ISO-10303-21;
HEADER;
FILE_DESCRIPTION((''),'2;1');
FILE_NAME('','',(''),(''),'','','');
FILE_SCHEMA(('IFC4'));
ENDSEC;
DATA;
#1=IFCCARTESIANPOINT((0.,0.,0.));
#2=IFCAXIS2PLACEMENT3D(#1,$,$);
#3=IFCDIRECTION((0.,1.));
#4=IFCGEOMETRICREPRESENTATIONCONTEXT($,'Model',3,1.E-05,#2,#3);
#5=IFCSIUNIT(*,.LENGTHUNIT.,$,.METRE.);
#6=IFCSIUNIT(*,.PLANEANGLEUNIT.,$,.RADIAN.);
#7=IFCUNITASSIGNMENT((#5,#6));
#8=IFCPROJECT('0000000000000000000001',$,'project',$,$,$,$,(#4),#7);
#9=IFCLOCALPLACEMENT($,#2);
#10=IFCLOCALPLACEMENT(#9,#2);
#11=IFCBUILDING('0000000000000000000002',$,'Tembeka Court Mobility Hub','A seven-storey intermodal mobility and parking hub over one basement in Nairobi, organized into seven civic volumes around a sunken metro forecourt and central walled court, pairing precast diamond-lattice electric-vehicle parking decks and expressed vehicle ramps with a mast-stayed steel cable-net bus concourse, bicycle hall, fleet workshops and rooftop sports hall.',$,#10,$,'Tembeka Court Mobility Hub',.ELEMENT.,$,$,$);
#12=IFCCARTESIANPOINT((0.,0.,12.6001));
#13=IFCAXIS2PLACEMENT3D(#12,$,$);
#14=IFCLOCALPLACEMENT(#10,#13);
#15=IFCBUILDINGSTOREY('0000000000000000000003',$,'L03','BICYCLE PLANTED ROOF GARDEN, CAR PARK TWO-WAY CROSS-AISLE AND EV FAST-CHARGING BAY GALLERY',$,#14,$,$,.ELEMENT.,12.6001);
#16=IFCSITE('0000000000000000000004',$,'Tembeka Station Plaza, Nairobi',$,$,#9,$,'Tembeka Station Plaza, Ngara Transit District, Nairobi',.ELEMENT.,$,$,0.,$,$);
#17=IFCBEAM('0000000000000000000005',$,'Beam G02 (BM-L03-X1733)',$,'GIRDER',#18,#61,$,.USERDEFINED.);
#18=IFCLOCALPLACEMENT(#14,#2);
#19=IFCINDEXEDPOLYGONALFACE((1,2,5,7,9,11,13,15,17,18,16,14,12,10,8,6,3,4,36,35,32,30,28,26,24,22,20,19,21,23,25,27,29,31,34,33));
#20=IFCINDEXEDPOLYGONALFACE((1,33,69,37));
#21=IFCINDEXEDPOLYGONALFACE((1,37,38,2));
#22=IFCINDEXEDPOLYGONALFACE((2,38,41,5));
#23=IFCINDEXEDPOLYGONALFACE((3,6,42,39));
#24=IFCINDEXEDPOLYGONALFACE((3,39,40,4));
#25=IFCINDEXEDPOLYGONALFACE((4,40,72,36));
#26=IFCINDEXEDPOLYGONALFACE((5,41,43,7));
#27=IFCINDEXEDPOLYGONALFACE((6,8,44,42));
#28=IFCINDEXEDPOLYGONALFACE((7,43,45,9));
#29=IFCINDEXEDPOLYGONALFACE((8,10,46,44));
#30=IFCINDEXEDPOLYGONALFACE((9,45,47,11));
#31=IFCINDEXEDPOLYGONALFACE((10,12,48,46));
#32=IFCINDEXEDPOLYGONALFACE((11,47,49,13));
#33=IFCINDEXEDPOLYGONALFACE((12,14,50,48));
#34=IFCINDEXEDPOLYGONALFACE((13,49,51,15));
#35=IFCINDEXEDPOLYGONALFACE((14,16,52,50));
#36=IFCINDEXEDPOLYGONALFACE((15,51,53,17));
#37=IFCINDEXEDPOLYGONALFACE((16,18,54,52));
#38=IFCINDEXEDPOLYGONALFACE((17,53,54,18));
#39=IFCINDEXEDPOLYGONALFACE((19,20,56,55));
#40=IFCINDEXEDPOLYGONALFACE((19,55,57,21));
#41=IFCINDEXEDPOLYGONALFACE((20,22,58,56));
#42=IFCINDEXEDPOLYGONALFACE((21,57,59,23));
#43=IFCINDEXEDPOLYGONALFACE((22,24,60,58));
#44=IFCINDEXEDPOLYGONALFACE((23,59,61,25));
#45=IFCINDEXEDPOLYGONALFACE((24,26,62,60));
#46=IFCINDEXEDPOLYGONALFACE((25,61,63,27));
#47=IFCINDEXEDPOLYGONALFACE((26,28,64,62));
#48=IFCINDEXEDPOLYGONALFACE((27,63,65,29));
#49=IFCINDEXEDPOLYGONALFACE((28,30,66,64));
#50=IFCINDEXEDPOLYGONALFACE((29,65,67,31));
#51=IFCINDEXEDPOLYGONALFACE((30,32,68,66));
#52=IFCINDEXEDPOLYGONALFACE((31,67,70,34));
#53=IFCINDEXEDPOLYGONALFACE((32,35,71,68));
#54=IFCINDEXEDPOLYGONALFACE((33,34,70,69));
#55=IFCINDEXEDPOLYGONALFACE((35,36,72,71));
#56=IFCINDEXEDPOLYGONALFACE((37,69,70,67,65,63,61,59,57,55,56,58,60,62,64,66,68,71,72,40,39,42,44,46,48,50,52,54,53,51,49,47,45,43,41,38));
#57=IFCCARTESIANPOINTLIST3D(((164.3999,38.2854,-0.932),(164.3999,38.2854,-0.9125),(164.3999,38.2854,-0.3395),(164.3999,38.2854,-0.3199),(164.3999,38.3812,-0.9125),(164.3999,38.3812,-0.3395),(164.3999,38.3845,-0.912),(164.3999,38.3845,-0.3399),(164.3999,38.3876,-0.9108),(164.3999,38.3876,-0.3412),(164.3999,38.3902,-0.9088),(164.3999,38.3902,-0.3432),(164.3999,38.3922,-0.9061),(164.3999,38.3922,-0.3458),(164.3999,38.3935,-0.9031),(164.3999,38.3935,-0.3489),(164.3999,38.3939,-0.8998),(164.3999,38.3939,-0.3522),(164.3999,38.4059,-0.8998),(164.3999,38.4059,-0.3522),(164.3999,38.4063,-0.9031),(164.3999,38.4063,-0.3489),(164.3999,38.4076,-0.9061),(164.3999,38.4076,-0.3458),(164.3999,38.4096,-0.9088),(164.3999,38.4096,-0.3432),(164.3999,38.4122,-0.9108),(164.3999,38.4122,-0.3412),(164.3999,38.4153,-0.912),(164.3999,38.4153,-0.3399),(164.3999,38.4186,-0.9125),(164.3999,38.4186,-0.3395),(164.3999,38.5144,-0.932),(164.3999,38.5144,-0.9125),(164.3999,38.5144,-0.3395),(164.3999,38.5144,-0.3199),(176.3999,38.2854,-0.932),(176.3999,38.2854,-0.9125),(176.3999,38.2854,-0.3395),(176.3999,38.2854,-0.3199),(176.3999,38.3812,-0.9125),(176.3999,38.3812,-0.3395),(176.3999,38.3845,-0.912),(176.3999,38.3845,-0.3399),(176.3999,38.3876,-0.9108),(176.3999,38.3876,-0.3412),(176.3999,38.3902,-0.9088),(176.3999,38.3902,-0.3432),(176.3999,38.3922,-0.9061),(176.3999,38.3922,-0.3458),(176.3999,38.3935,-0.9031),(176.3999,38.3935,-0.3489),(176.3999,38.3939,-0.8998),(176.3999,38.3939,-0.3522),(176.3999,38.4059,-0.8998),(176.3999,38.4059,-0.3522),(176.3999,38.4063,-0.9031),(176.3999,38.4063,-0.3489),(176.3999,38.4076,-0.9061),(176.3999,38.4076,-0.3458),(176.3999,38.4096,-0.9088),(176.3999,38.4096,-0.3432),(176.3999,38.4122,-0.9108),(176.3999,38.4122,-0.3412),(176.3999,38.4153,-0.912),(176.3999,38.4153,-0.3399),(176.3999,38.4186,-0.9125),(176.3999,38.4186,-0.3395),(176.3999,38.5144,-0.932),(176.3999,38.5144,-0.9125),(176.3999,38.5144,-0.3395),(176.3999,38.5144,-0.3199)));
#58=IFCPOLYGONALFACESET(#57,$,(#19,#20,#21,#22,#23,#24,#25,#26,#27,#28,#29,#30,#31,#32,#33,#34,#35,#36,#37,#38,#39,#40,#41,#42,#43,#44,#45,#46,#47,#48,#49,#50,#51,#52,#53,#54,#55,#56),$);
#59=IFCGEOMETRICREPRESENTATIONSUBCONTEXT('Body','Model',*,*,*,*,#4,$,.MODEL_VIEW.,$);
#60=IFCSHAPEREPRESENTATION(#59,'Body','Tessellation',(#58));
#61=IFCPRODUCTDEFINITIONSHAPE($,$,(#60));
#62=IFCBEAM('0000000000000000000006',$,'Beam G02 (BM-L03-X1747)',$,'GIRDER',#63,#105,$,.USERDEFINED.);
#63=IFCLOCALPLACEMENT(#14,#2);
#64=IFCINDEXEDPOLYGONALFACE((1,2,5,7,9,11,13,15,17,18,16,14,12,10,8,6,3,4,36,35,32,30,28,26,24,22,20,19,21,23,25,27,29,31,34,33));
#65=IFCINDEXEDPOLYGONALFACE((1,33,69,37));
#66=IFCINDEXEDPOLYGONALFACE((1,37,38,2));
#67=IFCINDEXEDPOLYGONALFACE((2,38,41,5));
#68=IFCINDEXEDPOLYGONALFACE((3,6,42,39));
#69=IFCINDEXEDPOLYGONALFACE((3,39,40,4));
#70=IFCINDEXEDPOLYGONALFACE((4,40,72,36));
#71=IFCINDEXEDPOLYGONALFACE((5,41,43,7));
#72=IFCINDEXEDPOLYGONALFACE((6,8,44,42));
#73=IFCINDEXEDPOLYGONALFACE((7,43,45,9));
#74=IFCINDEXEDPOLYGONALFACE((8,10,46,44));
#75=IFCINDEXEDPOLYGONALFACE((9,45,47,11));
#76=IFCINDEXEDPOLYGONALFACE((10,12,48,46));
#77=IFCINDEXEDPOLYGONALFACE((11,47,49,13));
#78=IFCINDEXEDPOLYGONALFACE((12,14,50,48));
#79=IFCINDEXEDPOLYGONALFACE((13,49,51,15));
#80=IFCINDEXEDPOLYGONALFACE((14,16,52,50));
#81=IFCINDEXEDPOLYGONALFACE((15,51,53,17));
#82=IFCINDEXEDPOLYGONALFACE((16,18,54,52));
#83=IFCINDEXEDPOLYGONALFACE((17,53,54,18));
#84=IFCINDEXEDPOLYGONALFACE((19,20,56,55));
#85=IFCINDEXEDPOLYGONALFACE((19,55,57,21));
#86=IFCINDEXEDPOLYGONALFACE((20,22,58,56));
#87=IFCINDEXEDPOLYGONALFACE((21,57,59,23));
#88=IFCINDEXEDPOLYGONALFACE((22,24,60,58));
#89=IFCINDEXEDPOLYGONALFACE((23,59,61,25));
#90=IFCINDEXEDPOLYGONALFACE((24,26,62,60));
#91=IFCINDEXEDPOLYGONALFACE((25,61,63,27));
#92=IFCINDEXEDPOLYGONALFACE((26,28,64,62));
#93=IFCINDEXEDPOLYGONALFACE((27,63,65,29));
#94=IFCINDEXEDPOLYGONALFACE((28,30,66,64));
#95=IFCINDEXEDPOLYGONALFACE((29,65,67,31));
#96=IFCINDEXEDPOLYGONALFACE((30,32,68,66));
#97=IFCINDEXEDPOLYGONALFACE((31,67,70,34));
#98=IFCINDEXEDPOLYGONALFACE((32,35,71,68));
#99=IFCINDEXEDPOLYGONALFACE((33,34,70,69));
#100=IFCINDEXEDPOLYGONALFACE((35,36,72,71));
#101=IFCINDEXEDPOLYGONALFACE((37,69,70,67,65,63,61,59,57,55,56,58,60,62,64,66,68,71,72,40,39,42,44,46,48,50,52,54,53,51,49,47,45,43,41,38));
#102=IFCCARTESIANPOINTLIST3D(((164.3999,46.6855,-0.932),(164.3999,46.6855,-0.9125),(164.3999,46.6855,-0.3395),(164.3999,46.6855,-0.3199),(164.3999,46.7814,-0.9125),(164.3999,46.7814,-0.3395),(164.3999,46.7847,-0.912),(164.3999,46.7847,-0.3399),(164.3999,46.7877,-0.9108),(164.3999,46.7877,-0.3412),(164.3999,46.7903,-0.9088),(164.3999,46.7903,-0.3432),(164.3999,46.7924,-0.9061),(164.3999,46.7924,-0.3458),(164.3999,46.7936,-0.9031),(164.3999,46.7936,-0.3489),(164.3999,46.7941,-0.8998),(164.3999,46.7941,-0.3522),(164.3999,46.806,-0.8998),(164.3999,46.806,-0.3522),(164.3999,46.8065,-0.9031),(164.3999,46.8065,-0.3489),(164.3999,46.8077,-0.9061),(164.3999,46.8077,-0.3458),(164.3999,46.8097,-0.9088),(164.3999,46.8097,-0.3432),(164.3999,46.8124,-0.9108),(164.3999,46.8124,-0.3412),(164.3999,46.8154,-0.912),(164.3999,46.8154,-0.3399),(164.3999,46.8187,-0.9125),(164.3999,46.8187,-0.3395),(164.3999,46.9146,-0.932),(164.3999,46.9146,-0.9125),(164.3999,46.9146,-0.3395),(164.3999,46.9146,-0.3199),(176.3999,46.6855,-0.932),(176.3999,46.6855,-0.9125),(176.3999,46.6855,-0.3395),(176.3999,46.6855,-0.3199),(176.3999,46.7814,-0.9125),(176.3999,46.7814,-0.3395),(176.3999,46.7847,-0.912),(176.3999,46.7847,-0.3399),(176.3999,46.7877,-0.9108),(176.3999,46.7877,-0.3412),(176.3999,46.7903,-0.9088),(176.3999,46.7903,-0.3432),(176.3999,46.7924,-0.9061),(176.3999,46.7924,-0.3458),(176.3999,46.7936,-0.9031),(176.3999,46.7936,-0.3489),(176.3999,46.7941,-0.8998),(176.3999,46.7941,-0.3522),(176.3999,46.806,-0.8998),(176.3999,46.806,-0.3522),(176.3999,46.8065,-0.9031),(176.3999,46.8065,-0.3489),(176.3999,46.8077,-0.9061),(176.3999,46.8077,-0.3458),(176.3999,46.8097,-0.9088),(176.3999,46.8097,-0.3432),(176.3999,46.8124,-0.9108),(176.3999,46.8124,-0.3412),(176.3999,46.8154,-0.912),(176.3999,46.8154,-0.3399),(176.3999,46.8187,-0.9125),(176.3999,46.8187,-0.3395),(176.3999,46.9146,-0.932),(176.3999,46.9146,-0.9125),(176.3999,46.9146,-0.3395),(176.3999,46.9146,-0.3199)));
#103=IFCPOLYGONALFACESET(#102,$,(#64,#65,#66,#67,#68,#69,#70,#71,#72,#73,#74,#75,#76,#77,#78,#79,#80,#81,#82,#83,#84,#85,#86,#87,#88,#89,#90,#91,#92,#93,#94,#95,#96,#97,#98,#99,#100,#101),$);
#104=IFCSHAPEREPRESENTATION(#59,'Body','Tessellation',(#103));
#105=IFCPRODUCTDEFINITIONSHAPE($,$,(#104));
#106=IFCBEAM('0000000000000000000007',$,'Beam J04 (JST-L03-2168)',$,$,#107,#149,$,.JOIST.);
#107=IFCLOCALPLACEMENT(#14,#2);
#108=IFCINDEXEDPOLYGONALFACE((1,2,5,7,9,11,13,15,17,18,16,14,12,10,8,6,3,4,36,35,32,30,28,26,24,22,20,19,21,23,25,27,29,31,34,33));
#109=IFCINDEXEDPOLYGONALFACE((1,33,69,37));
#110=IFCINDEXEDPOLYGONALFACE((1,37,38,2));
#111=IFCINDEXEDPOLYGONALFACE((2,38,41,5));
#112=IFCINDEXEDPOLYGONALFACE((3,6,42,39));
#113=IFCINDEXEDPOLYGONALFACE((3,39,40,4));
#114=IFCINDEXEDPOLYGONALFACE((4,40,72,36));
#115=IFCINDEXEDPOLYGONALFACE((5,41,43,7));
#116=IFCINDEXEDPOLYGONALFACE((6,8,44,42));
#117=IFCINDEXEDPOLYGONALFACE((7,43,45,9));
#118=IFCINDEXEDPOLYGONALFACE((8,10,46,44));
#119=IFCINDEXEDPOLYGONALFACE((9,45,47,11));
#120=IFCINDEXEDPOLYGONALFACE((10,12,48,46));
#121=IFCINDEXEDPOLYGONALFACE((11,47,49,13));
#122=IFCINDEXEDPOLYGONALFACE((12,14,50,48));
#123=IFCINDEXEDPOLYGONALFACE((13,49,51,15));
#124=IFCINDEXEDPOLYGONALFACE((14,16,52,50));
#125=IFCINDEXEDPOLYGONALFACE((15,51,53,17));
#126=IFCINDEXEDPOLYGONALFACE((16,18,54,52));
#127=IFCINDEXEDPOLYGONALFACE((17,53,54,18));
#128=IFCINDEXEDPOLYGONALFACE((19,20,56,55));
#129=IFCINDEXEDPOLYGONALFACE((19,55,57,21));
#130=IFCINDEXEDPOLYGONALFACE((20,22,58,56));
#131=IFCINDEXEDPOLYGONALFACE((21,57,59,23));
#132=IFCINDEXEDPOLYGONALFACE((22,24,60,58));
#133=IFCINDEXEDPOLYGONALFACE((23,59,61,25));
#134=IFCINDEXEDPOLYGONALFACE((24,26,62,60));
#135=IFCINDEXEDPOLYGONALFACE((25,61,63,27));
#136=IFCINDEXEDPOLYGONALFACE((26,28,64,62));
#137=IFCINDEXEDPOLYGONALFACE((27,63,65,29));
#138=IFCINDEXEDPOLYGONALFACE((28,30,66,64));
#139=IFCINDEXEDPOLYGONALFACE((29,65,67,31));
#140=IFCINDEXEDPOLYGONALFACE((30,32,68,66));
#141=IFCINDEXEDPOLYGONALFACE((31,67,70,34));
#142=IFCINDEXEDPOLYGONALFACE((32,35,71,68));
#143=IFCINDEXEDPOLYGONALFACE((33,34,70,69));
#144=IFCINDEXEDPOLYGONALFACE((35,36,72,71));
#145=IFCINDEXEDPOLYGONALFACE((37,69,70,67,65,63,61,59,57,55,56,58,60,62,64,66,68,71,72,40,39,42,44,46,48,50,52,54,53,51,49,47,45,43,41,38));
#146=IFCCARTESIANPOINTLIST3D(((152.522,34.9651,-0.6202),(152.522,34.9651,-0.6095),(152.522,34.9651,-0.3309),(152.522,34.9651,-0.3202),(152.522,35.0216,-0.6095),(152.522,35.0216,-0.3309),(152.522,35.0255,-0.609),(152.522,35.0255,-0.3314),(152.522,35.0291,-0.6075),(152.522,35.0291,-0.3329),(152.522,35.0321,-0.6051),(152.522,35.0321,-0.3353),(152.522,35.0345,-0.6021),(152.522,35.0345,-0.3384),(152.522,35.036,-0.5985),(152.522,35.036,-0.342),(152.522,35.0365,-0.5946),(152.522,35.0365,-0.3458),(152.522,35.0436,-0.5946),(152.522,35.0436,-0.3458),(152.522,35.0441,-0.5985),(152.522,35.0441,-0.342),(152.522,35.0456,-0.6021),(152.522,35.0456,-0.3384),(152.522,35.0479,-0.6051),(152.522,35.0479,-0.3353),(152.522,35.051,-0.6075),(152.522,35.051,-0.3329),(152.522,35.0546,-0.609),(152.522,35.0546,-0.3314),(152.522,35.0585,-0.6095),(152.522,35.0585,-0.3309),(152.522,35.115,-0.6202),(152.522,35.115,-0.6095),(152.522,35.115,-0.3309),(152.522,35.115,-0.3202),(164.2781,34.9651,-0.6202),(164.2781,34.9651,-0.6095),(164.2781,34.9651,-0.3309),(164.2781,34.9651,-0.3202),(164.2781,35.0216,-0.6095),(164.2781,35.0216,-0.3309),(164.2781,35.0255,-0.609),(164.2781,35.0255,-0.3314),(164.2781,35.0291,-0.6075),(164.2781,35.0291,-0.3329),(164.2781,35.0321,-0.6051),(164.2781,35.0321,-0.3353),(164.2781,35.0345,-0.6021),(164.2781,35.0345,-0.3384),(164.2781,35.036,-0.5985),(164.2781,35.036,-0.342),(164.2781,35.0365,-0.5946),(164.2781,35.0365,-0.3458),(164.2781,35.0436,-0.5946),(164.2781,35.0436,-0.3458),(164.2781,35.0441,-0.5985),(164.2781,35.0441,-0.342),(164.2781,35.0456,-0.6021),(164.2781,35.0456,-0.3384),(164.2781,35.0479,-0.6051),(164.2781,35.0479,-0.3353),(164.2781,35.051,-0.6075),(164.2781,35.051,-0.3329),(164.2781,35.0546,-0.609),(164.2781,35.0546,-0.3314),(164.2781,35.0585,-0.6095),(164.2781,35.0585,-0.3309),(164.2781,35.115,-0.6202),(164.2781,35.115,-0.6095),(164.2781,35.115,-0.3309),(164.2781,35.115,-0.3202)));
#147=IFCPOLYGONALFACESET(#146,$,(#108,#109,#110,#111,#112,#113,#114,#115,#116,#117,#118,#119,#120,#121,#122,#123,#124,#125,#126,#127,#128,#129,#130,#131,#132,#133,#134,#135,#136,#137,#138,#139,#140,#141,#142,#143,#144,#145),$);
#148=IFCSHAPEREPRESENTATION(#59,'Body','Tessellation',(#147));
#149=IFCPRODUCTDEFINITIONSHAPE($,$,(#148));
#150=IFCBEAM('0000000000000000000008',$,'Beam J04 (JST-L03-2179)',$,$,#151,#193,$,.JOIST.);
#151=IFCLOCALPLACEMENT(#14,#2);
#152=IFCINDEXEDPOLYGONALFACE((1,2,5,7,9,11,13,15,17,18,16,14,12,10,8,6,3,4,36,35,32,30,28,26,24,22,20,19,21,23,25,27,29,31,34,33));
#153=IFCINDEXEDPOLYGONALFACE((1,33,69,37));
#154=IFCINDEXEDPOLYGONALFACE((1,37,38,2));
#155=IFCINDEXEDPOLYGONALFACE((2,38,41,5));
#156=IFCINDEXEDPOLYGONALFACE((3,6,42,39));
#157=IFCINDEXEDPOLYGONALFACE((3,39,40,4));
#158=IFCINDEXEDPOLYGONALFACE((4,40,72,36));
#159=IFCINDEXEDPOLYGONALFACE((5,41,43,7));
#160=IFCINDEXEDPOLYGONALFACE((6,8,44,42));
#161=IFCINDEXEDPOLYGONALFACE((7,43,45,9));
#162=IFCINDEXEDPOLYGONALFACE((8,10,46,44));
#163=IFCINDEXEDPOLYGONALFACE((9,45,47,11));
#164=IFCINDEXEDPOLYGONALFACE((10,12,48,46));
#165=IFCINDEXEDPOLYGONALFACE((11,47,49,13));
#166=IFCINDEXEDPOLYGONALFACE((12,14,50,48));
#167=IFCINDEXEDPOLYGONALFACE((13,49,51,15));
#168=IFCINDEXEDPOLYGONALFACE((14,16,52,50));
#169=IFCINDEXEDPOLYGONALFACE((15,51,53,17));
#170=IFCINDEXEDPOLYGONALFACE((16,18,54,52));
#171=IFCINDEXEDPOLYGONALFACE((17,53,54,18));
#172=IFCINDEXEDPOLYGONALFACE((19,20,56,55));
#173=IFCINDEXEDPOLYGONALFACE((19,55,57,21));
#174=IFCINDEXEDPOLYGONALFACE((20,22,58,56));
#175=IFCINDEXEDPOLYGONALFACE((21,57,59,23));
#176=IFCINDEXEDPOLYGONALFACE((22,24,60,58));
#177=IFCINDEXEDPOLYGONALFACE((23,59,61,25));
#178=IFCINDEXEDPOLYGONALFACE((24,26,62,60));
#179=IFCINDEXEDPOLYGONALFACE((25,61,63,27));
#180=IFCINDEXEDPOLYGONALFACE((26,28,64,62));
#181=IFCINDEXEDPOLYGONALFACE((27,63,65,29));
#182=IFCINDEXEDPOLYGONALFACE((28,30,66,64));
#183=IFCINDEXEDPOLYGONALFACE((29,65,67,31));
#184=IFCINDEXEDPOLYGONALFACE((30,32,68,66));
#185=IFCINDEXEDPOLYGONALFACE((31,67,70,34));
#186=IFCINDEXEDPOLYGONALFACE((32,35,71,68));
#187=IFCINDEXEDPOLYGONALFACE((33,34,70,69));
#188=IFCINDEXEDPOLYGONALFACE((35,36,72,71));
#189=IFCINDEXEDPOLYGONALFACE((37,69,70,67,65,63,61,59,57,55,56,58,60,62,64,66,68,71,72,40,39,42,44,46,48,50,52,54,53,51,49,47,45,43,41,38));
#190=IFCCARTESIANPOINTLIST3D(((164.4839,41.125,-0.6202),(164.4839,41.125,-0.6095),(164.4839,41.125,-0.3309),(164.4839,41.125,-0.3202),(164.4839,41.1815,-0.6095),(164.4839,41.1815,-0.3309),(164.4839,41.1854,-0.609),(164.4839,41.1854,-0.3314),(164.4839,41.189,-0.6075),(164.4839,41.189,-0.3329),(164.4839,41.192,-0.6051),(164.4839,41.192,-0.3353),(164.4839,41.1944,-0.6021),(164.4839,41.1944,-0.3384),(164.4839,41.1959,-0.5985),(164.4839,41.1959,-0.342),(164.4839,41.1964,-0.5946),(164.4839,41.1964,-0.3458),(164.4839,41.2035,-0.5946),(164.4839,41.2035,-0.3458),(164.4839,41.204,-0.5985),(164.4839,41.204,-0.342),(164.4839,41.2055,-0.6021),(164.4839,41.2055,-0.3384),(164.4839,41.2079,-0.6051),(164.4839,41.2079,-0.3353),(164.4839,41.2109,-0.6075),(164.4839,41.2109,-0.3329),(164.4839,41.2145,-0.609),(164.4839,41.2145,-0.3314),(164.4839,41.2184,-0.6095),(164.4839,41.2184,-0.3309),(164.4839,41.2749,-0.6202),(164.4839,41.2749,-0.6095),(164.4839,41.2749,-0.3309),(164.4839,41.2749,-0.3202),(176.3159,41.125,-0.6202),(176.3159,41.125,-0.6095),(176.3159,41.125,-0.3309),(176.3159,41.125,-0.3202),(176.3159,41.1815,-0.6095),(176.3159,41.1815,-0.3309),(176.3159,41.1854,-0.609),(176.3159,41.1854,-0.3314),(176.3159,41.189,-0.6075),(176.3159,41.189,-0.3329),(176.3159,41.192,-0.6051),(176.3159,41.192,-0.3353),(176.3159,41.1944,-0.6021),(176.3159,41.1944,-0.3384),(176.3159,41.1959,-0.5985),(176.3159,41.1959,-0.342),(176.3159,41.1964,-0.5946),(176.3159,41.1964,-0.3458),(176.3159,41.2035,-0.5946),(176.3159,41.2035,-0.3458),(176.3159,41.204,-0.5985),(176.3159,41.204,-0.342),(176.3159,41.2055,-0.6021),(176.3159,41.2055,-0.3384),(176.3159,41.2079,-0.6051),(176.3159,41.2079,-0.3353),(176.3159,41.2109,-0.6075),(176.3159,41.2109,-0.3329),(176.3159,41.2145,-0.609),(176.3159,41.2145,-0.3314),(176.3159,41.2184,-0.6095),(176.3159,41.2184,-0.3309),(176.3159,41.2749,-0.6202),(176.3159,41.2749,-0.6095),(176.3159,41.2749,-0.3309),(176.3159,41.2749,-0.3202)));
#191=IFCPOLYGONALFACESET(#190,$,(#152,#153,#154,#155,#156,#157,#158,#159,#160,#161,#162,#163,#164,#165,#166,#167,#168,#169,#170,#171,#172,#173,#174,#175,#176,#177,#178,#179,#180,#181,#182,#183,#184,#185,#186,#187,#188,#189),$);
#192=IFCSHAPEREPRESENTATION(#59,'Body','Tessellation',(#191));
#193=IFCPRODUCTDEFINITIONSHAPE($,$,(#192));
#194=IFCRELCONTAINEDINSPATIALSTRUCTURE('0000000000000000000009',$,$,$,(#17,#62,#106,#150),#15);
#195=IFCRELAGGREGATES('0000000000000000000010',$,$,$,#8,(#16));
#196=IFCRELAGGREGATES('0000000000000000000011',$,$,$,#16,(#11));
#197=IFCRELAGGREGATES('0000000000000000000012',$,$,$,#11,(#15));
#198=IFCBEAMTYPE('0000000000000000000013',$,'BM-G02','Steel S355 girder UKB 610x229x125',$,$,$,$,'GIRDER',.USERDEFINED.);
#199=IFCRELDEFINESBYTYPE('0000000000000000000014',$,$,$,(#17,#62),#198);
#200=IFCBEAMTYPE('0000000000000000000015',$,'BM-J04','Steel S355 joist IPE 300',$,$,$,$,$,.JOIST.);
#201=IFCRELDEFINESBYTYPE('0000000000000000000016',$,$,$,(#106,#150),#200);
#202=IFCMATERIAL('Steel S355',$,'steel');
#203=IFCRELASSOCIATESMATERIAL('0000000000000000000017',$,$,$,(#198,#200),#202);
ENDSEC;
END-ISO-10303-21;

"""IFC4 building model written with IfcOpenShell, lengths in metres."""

from ifc_helpers import new_model, si_unit, direction, frame, origin, origin_2d, place, context, subcontext, project, spatial, i_section, extrude, material, material_profile, profile_set, type_object, element, save


model = new_model("IFC4")

# Units and contexts
model_context = context("Model", 3, precision=1e-05, world=origin(), true_north=direction((0.0, 1.0)))
body_context = subcontext(model_context, "Body", "Model", "MODEL_VIEW")
ifc_project = project(units=[si_unit("LENGTHUNIT", "METRE"), si_unit("PLANEANGLEUNIT", "RADIAN")], contexts=[model_context])

# Site, building, storey
site_placement = place(None, origin())
site = spatial("IfcSite", under=ifc_project, at=site_placement, Name="Tembeka Station Plaza, Nairobi", LongName="Tembeka Station Plaza, Ngara Transit District, Nairobi", CompositionType="ELEMENT", RefElevation=0.0)
building_placement = place(site_placement, origin())
building = spatial("IfcBuilding", under=site, at=building_placement, Name="Tembeka Court Mobility Hub", Description="A seven-storey intermodal mobility and parking hub over one basement in Nairobi, organized into seven civic volumes around a sunken metro forecourt and central walled court, pairing precast diamond-lattice electric-vehicle parking decks and expressed vehicle ramps with a mast-stayed steel cable-net bus concourse, bicycle hall, fleet workshops and rooftop sports hall.", LongName="Tembeka Court Mobility Hub", CompositionType="ELEMENT")
storey_placement = place(building_placement, frame((0.0, 0.0, 12.6001)))
storey = spatial("IfcBuildingStorey", under=building, at=storey_placement, Name="L03", Description="BICYCLE PLANTED ROOF GARDEN, CAR PARK TWO-WAY CROSS-AISLE AND EV FAST-CHARGING BAY GALLERY", CompositionType="ELEMENT", Elevation=12.6001)

# Shared definitions
ifc_material_1 = material(Name="Steel S355", Category="steel")

# Beams
ifc_material_profile_1 = material_profile(ifc_material_1, i_section(OverallWidth=0.229, OverallDepth=0.6121, WebThickness=0.012, FlangeThickness=0.0195, FilletRadius=0.0127, at=origin_2d()), Name="UKB 610x229x125")
ifc_profile_set_1 = profile_set([ifc_material_profile_1], Name="Steel S355")
beam_type_1 = type_object("IfcBeamType", Name="BM-G02", Description="Steel S355 girder UKB 610x229x125", ElementType="GIRDER", PredefinedType="USERDEFINED", material=ifc_profile_set_1)
for number, where, z_axis, x_axis, name in (
    (1, (164.3999, 38.3999, -0.626), (1.0, 0.0, 0.0), (0.0, 1.0, 0.0), "Beam G02 (BM-L03-X1733)"),
    (2, (164.3999, 46.8, -0.626), (1.0, 0.0, 0.0), (0.0, 1.0, 0.0), "Beam G02 (BM-L03-X1747)"),
):
    element("IfcBeam", number, at=place(storey_placement, frame(where, z_axis=z_axis, x_axis=x_axis)), inside=storey, type_object=beam_type_1, Name=name, ObjectType="GIRDER", PredefinedType="USERDEFINED", context=body_context, shape_type="SweptSolid", body=[
        extrude(i_section(OverallWidth=0.229, OverallDepth=0.6121, WebThickness=0.012, FlangeThickness=0.0195, FilletRadius=0.0127, at=origin_2d()), origin(), (0.0, 0.0, 1.0), 12.0),
    ])
ifc_material_profile_2 = material_profile(ifc_material_1, i_section(OverallWidth=0.1499, OverallDepth=0.3, WebThickness=0.0071, FlangeThickness=0.0107, FilletRadius=0.0149, at=origin_2d()), Name="IPE 300")
ifc_profile_set_2 = profile_set([ifc_material_profile_2], Name="Steel S355")
beam_type_2 = type_object("IfcBeamType", Name="BM-J04", Description="Steel S355 joist IPE 300", PredefinedType="JOIST", material=ifc_profile_set_2)
beam_1_placement = place(storey_placement, frame((152.522, 35.04, -0.4702), z_axis=(1.0, 0.0, 0.0), x_axis=(0.0, 1.0, 0.0)))
element("IfcBeam", 3, at=beam_1_placement, inside=storey, type_object=beam_type_2, Name="Beam J04 (JST-L03-2168)", PredefinedType="JOIST", context=body_context, shape_type="SweptSolid", body=[
    extrude(i_section(OverallWidth=0.1499, OverallDepth=0.3, WebThickness=0.0071, FlangeThickness=0.0107, FilletRadius=0.0149, at=origin_2d()), origin(), (0.0, 0.0, 1.0), 11.7561),
])
for number, where, z_axis, x_axis, name in (
    (4, (164.4839, 41.2, -0.4702), (1.0, 0.0, 0.0), (0.0, 1.0, 0.0), "Beam J04 (JST-L03-2179)"),
):
    element("IfcBeam", number, at=place(storey_placement, frame(where, z_axis=z_axis, x_axis=x_axis)), inside=storey, type_object=beam_type_2, Name=name, PredefinedType="JOIST", context=body_context, shape_type="SweptSolid", body=[
        extrude(i_section(OverallWidth=0.1499, OverallDepth=0.3, WebThickness=0.0071, FlangeThickness=0.0107, FilletRadius=0.0149, at=origin_2d()), origin(), (0.0, 0.0, 1.0), 11.832),
    ])

save(model, "model.ifc")
